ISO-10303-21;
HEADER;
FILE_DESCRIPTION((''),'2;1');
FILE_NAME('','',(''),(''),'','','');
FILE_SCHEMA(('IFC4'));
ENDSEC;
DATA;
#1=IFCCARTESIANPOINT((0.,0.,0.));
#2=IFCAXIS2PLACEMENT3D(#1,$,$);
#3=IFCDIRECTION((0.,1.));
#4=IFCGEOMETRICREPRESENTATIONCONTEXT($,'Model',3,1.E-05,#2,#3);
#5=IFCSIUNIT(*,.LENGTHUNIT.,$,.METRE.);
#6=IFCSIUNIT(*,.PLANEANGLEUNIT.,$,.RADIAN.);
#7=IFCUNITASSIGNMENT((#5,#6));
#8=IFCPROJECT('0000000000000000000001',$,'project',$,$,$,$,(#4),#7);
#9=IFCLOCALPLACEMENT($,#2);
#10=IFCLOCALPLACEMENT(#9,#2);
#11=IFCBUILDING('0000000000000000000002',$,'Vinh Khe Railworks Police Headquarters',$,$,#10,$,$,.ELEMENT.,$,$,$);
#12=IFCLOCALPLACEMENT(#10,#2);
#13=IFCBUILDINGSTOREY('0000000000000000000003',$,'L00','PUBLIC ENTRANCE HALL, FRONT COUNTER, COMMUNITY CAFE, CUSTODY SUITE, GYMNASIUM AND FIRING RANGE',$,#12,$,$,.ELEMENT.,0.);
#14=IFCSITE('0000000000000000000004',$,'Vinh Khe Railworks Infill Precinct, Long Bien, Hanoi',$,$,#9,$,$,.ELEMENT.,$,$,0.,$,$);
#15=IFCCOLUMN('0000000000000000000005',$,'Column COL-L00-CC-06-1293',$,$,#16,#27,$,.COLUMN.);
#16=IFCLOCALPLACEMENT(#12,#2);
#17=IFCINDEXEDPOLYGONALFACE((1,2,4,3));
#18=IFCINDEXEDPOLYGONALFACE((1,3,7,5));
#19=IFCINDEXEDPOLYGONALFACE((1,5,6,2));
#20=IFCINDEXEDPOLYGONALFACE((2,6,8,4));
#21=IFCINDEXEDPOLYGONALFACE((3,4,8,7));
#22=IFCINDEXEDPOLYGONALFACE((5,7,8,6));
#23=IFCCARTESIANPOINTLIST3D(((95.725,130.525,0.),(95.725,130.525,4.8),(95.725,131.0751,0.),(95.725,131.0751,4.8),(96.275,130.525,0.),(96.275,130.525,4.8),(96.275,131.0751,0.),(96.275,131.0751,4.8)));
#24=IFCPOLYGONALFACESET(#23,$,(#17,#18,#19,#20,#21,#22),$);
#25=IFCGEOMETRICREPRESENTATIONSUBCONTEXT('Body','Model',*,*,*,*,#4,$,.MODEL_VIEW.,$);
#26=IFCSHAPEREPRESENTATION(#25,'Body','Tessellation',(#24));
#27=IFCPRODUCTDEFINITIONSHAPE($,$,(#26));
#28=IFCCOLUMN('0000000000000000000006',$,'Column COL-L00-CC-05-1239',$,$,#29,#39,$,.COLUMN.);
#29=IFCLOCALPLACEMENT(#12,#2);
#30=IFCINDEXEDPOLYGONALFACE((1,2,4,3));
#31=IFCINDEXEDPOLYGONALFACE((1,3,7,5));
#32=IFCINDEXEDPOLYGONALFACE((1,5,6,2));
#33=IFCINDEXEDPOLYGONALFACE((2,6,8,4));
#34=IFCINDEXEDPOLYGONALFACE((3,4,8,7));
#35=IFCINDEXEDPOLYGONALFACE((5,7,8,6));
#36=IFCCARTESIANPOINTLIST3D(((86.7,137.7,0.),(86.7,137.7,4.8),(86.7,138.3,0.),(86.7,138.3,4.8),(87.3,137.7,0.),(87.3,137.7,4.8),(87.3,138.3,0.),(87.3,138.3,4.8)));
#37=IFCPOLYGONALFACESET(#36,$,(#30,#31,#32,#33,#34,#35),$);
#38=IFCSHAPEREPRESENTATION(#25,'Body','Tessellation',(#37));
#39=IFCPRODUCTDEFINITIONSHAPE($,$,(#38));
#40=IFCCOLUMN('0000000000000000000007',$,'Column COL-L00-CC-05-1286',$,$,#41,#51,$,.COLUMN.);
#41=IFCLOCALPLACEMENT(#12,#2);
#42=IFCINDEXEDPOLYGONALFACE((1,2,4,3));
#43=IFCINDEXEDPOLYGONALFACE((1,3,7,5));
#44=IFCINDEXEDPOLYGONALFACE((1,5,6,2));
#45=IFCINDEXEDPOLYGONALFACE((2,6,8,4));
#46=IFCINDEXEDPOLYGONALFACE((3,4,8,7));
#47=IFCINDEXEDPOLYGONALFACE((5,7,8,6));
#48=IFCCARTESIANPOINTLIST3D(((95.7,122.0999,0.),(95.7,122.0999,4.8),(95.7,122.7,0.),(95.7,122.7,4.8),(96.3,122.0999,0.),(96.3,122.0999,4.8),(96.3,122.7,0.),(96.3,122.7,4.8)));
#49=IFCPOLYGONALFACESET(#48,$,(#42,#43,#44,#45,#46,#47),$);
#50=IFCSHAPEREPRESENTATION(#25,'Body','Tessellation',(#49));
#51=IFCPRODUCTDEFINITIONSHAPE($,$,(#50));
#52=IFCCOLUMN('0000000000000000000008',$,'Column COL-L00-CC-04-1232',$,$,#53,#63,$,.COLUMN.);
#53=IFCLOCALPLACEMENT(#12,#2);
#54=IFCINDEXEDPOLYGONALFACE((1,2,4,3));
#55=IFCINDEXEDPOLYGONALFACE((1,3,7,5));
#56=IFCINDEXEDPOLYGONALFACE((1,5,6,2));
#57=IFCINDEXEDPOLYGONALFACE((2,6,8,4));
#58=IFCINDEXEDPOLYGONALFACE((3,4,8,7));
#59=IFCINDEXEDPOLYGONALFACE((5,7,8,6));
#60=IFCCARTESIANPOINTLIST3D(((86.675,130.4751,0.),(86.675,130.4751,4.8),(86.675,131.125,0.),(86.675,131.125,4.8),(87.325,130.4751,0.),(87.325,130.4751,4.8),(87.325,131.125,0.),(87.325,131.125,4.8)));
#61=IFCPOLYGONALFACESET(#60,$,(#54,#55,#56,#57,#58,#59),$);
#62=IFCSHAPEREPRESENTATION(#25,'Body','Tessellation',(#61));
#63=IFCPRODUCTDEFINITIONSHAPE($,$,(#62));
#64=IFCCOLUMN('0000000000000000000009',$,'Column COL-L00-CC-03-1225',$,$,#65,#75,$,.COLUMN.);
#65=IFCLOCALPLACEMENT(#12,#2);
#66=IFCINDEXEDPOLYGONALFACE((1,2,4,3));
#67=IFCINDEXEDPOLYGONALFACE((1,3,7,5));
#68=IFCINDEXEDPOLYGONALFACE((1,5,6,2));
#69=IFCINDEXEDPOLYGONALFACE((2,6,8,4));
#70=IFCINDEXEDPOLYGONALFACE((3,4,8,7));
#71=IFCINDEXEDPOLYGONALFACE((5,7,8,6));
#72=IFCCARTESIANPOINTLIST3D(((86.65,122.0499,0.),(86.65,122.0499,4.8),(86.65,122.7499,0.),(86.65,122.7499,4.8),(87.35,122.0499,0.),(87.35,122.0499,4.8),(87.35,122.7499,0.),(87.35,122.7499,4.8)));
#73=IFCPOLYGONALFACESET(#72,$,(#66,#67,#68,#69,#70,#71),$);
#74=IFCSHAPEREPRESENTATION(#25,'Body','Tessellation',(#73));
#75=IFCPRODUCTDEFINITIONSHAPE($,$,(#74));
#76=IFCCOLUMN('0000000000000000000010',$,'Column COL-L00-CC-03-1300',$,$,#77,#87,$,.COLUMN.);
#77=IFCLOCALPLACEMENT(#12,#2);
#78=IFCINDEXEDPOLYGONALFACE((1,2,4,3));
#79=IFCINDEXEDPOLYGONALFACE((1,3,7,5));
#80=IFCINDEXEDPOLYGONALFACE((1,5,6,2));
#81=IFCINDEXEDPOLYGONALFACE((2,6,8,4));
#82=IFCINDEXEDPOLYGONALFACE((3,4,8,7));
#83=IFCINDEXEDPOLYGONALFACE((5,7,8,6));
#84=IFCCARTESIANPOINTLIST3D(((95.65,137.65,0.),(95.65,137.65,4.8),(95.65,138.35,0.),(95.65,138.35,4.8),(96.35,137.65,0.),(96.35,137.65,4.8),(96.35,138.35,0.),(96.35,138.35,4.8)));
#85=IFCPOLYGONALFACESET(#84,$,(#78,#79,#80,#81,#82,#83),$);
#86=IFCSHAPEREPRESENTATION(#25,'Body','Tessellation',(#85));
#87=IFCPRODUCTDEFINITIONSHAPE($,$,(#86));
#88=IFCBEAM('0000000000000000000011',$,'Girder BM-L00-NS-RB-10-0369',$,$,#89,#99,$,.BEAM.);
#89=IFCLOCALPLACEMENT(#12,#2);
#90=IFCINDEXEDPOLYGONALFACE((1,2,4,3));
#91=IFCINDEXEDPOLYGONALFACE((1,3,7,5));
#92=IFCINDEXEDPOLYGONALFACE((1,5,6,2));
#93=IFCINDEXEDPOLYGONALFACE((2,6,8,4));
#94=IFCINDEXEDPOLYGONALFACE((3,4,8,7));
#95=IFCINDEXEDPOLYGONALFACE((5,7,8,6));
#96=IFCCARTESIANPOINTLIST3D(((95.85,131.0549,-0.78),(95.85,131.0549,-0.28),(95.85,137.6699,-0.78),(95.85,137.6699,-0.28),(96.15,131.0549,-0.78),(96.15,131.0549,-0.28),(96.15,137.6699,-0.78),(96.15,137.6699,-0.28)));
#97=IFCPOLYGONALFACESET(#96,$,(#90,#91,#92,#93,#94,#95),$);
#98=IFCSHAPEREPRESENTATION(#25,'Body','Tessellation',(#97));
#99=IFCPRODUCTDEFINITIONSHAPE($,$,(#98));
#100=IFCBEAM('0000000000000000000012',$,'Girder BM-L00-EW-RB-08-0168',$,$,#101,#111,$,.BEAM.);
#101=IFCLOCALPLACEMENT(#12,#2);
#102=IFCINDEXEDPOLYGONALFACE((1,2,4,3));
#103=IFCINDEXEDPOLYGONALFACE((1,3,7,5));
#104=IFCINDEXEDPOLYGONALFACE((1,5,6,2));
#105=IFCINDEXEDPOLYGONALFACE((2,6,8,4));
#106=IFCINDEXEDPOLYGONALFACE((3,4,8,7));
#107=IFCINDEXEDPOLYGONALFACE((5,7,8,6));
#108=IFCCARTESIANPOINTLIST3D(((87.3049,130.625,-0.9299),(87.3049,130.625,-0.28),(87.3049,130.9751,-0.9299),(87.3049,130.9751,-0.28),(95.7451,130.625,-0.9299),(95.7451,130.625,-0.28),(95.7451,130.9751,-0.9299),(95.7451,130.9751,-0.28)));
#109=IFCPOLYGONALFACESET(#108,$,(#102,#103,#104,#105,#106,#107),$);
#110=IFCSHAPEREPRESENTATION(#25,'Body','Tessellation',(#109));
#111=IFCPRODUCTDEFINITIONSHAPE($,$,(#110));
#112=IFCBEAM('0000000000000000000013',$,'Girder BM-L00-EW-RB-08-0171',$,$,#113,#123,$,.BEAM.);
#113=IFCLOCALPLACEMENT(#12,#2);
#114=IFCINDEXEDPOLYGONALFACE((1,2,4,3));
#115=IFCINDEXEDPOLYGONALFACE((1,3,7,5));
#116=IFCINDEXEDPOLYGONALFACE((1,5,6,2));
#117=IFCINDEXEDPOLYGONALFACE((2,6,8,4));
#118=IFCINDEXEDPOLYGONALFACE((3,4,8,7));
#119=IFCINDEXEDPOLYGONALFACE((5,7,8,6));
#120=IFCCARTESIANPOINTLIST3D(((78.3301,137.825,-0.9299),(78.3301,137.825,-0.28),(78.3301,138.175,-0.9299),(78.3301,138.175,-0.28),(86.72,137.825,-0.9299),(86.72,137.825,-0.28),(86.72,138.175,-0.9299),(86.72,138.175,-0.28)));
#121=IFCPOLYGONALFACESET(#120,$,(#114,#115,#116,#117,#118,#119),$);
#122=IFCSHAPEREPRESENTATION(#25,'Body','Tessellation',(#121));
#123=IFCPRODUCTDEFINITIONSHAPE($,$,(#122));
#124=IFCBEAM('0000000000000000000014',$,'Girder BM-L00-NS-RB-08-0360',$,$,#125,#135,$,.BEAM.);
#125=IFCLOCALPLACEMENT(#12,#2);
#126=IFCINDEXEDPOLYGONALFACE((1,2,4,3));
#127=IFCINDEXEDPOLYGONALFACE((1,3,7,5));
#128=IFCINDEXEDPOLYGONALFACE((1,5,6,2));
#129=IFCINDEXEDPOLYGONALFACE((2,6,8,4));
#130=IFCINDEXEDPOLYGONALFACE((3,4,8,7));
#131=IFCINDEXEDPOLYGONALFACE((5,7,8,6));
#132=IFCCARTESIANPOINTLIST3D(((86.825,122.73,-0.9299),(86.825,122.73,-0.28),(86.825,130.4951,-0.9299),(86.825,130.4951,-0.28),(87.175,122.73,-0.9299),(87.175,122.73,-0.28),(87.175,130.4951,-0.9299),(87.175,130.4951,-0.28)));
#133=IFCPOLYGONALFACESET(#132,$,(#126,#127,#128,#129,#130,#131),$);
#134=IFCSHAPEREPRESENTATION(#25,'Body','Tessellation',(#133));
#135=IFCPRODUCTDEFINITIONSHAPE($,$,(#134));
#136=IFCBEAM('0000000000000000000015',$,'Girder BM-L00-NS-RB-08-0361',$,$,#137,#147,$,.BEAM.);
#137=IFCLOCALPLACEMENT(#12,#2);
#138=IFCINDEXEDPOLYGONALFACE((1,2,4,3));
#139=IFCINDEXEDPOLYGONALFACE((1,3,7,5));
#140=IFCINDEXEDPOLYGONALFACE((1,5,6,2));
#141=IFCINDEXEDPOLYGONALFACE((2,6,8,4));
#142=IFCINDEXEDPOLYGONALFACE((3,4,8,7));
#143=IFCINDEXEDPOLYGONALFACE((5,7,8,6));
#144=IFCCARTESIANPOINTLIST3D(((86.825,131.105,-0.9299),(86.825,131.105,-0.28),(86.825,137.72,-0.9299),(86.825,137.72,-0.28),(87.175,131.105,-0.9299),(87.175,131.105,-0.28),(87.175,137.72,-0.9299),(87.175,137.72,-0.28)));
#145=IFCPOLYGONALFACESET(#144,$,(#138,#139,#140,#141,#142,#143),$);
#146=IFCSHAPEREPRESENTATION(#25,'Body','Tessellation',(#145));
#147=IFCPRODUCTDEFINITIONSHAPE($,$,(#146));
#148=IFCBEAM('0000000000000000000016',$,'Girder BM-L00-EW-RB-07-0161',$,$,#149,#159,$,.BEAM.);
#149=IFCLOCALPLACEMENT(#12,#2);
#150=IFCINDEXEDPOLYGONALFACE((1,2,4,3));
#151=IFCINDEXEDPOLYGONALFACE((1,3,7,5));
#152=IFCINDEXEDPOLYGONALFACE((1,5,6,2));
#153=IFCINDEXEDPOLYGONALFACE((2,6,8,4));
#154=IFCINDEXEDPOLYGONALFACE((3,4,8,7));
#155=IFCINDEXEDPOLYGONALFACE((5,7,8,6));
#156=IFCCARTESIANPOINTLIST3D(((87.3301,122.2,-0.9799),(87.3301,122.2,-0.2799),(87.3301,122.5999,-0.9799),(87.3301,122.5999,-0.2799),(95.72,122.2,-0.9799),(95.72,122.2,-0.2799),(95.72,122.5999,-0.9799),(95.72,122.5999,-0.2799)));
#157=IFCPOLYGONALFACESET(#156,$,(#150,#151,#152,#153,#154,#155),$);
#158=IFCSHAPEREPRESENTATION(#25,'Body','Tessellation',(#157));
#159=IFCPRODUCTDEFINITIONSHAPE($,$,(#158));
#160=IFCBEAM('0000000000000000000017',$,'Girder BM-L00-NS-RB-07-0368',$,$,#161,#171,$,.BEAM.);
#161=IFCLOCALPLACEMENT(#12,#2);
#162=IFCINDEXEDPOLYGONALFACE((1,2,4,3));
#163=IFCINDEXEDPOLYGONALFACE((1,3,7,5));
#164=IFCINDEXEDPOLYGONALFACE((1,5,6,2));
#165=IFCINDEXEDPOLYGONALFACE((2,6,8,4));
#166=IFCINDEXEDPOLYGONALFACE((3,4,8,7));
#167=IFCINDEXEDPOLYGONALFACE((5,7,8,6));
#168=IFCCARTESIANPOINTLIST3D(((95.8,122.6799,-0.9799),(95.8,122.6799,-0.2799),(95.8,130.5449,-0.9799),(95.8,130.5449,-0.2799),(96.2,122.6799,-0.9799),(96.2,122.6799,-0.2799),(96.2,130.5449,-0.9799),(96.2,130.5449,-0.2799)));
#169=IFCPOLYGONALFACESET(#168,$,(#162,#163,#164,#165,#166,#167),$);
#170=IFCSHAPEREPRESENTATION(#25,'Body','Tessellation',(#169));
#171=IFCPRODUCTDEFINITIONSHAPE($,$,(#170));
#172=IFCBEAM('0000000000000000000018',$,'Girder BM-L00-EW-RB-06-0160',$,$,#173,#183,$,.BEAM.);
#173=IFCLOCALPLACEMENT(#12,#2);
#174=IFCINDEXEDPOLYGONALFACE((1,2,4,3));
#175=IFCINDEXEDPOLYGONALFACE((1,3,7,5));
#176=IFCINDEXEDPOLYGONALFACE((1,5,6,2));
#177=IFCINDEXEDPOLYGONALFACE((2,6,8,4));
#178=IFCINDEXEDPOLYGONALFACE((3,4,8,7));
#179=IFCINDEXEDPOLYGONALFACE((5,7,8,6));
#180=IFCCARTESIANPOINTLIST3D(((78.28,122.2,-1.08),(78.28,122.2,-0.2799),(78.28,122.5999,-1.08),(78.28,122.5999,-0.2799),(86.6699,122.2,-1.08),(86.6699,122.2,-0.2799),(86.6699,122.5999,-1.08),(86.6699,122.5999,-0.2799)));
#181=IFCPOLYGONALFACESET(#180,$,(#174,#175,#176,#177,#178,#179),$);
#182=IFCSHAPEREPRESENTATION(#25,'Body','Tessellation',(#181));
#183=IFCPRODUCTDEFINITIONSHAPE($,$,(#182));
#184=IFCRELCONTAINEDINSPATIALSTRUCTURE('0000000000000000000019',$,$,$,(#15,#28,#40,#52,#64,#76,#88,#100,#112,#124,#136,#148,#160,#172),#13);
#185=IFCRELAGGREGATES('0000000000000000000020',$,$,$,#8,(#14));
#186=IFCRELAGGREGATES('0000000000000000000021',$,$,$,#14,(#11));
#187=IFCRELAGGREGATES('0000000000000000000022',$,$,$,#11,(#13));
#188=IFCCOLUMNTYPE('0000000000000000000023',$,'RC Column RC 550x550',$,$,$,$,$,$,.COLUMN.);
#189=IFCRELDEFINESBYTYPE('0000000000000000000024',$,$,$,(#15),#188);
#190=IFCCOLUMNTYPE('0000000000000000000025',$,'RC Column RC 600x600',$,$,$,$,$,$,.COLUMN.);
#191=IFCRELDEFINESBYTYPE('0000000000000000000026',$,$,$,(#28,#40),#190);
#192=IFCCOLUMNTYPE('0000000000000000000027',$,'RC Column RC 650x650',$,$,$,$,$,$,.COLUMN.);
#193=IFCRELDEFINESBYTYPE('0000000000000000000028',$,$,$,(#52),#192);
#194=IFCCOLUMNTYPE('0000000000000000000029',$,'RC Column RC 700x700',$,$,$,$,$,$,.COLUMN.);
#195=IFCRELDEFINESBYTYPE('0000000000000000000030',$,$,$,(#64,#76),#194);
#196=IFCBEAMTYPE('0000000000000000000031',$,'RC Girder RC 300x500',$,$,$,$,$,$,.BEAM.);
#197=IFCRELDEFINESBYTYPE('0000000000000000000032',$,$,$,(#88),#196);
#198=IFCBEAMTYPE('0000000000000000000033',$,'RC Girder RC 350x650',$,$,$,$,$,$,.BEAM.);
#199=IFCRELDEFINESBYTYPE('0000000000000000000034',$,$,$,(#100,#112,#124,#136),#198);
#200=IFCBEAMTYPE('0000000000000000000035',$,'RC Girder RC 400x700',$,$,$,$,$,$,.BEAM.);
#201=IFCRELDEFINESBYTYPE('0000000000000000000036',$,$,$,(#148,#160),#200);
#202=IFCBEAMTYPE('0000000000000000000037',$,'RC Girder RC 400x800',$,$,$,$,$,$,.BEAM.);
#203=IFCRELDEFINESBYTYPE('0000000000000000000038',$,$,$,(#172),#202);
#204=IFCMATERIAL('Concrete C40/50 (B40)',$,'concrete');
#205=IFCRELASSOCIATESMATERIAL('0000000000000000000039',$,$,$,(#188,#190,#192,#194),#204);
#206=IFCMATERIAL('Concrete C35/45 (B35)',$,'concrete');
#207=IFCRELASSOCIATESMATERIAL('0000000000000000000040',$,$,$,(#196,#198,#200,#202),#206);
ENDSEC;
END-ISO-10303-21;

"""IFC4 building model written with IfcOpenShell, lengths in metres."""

from ifc_helpers import new_model, si_unit, direction, frame, origin, origin_2d, place, context, subcontext, project, spatial, rectangle, extrude, material, material_profile, profile_set, type_object, element, save


model = new_model("IFC4")

# Units and contexts
model_context = context("Model", 3, precision=1e-05, world=origin(), true_north=direction((0.0, 1.0)))
body_context = subcontext(model_context, "Body", "Model", "MODEL_VIEW")
ifc_project = project(units=[si_unit("LENGTHUNIT", "METRE"), si_unit("PLANEANGLEUNIT", "RADIAN")], contexts=[model_context])

# Site, building, storey
site_placement = place(None, origin())
site = spatial("IfcSite", under=ifc_project, at=site_placement, Name="Vinh Khe Railworks Infill Precinct, Long Bien, Hanoi", CompositionType="ELEMENT", RefElevation=0.0)
building_placement = place(site_placement, origin())
building = spatial("IfcBuilding", under=site, at=building_placement, Name="Vinh Khe Railworks Police Headquarters", CompositionType="ELEMENT")
storey_placement = place(building_placement, origin())
storey = spatial("IfcBuildingStorey", under=building, at=storey_placement, Name="L00", Description="PUBLIC ENTRANCE HALL, FRONT COUNTER, COMMUNITY CAFE, CUSTODY SUITE, GYMNASIUM AND FIRING RANGE", CompositionType="ELEMENT", Elevation=0.0)

# Columns
ifc_material_1 = material(Name="Concrete C40/50 (B40)", Category="concrete")
ifc_material_profile_1 = material_profile(ifc_material_1, rectangle(XDim=0.55, YDim=0.55, at=origin_2d()), Name="RC 550x550")
ifc_profile_set_1 = profile_set([ifc_material_profile_1], Name="Concrete C40/50 (B40)")
column_type_1 = type_object("IfcColumnType", Name="RC Column RC 550x550", PredefinedType="COLUMN", material=ifc_profile_set_1)
column_1_placement = place(storey_placement, frame((96.0, 130.8, 0.0), z_axis=(0.0, 0.0, 1.0), x_axis=(1.0, 0.0, 0.0)))
element("IfcColumn", 1, at=column_1_placement, inside=storey, type_object=column_type_1, Name="Column COL-L00-CC-06-1293", PredefinedType="COLUMN", context=body_context, shape_type="SweptSolid", body=[
    extrude(rectangle(XDim=0.55, YDim=0.55, at=origin_2d()), origin(), (0.0, 0.0, 1.0), 4.8),
])
ifc_material_profile_2 = material_profile(ifc_material_1, rectangle(XDim=0.6001, YDim=0.6001, at=origin_2d()), Name="RC 600x600")
ifc_profile_set_2 = profile_set([ifc_material_profile_2], Name="Concrete C40/50 (B40)")
column_type_2 = type_object("IfcColumnType", Name="RC Column RC 600x600", PredefinedType="COLUMN", material=ifc_profile_set_2)
for number, where, z_axis, x_axis, name in (
    (2, (87.0, 138.0, 0.0), (0.0, 0.0, 1.0), (1.0, 0.0, 0.0), "Column COL-L00-CC-05-1239"),
    (3, (96.0, 122.3999, 0.0), (0.0, 0.0, 1.0), (1.0, 0.0, 0.0), "Column COL-L00-CC-05-1286"),
):
    element("IfcColumn", number, at=place(storey_placement, frame(where, z_axis=z_axis, x_axis=x_axis)), inside=storey, type_object=column_type_2, Name=name, PredefinedType="COLUMN", context=body_context, shape_type="SweptSolid", body=[
        extrude(rectangle(XDim=0.6001, YDim=0.6001, at=origin_2d()), origin(), (0.0, 0.0, 1.0), 4.8),
    ])
ifc_material_profile_3 = material_profile(ifc_material_1, rectangle(XDim=0.6499, YDim=0.6499, at=origin_2d()), Name="RC 650x650")
ifc_profile_set_3 = profile_set([ifc_material_profile_3], Name="Concrete C40/50 (B40)")
column_type_3 = type_object("IfcColumnType", Name="RC Column RC 650x650", PredefinedType="COLUMN", material=ifc_profile_set_3)
column_2_placement = place(storey_placement, frame((87.0, 130.8, 0.0), z_axis=(0.0, 0.0, 1.0), x_axis=(1.0, 0.0, 0.0)))
element("IfcColumn", 4, at=column_2_placement, inside=storey, type_object=column_type_3, Name="Column COL-L00-CC-04-1232", PredefinedType="COLUMN", context=body_context, shape_type="SweptSolid", body=[
    extrude(rectangle(XDim=0.6499, YDim=0.6499, at=origin_2d()), origin(), (0.0, 0.0, 1.0), 4.8),
])
ifc_material_profile_4 = material_profile(ifc_material_1, rectangle(XDim=0.7, YDim=0.7, at=origin_2d()), Name="RC 700x700")
ifc_profile_set_4 = profile_set([ifc_material_profile_4], Name="Concrete C40/50 (B40)")
column_type_4 = type_object("IfcColumnType", Name="RC Column RC 700x700", PredefinedType="COLUMN", material=ifc_profile_set_4)
for number, where, z_axis, x_axis, name in (
    (5, (87.0, 122.3999, 0.0), (0.0, 0.0, 1.0), (1.0, 0.0, 0.0), "Column COL-L00-CC-03-1225"),
    (6, (96.0, 138.0, 0.0), (0.0, 0.0, 1.0), (1.0, 0.0, 0.0), "Column COL-L00-CC-03-1300"),
):
    element("IfcColumn", number, at=place(storey_placement, frame(where, z_axis=z_axis, x_axis=x_axis)), inside=storey, type_object=column_type_4, Name=name, PredefinedType="COLUMN", context=body_context, shape_type="SweptSolid", body=[
        extrude(rectangle(XDim=0.7, YDim=0.7, at=origin_2d()), origin(), (0.0, 0.0, 1.0), 4.8),
    ])

# Beams
ifc_material_2 = material(Name="Concrete C35/45 (B35)", Category="concrete")
ifc_material_profile_5 = material_profile(ifc_material_2, rectangle(XDim=0.3, YDim=0.5, at=origin_2d()), Name="RC 300x500")
ifc_profile_set_5 = profile_set([ifc_material_profile_5], Name="Concrete C35/45 (B35)")
beam_type_1 = type_object("IfcBeamType", Name="RC Girder RC 300x500", PredefinedType="BEAM", material=ifc_profile_set_5)
beam_1_placement = place(storey_placement, frame((96.0, 131.0549, -0.53), z_axis=(0.0, 1.0, 0.0), x_axis=(-1.0, 0.0, 0.0)))
element("IfcBeam", 7, at=beam_1_placement, inside=storey, type_object=beam_type_1, Name="Girder BM-L00-NS-RB-10-0369", PredefinedType="BEAM", context=body_context, shape_type="SweptSolid", body=[
    extrude(rectangle(XDim=0.3, YDim=0.5, at=origin_2d()), origin(), (0.0, 0.0, 1.0), 6.615),
])
ifc_material_profile_6 = material_profile(ifc_material_2, rectangle(XDim=0.3501, YDim=0.6499, at=origin_2d()), Name="RC 350x650")
ifc_profile_set_6 = profile_set([ifc_material_profile_6], Name="Concrete C35/45 (B35)")
beam_type_2 = type_object("IfcBeamType", Name="RC Girder RC 350x650", PredefinedType="BEAM", material=ifc_profile_set_6)
beam_2_placement = place(storey_placement, frame((87.3049, 130.8, -0.605), z_axis=(1.0, 0.0, 0.0), x_axis=(0.0, 1.0, 0.0)))
element("IfcBeam", 8, at=beam_2_placement, inside=storey, type_object=beam_type_2, Name="Girder BM-L00-EW-RB-08-0168", PredefinedType="BEAM", context=body_context, shape_type="SweptSolid", body=[
    extrude(rectangle(XDim=0.3501, YDim=0.6499, at=origin_2d()), origin(), (0.0, 0.0, 1.0), 8.4402),
])
beam_3_placement = place(storey_placement, frame((78.3301, 138.0, -0.605), z_axis=(1.0, 0.0, 0.0), x_axis=(0.0, 1.0, 0.0)))
element("IfcBeam", 9, at=beam_3_placement, inside=storey, type_object=beam_type_2, Name="Girder BM-L00-EW-RB-08-0171", PredefinedType="BEAM", context=body_context, shape_type="SweptSolid", body=[
    extrude(rectangle(XDim=0.3501, YDim=0.6499, at=origin_2d()), origin(), (0.0, 0.0, 1.0), 8.3899),
])
beam_4_placement = place(storey_placement, frame((87.0, 122.73, -0.605), z_axis=(0.0, 1.0, 0.0), x_axis=(-1.0, 0.0, 0.0)))
element("IfcBeam", 10, at=beam_4_placement, inside=storey, type_object=beam_type_2, Name="Girder BM-L00-NS-RB-08-0360", PredefinedType="BEAM", context=body_context, shape_type="SweptSolid", body=[
    extrude(rectangle(XDim=0.3501, YDim=0.6499, at=origin_2d()), origin(), (0.0, 0.0, 1.0), 7.7651),
])
beam_5_placement = place(storey_placement, frame((87.0, 131.105, -0.605), z_axis=(0.0, 1.0, 0.0), x_axis=(-1.0, 0.0, 0.0)))
element("IfcBeam", 11, at=beam_5_placement, inside=storey, type_object=beam_type_2, Name="Girder BM-L00-NS-RB-08-0361", PredefinedType="BEAM", context=body_context, shape_type="SweptSolid", body=[
    extrude(rectangle(XDim=0.3501, YDim=0.6499, at=origin_2d()), origin(), (0.0, 0.0, 1.0), 6.615),
])
ifc_material_profile_7 = material_profile(ifc_material_2, rectangle(XDim=0.3999, YDim=0.7, at=origin_2d()), Name="RC 400x700")
ifc_profile_set_7 = profile_set([ifc_material_profile_7], Name="Concrete C35/45 (B35)")
beam_type_3 = type_object("IfcBeamType", Name="RC Girder RC 400x700", PredefinedType="BEAM", material=ifc_profile_set_7)
beam_6_placement = place(storey_placement, frame((87.3301, 122.3999, -0.6299), z_axis=(1.0, 0.0, 0.0), x_axis=(0.0, 1.0, 0.0)))
element("IfcBeam", 12, at=beam_6_placement, inside=storey, type_object=beam_type_3, Name="Girder BM-L00-EW-RB-07-0161", PredefinedType="BEAM", context=body_context, shape_type="SweptSolid", body=[
    extrude(rectangle(XDim=0.3999, YDim=0.7, at=origin_2d()), origin(), (0.0, 0.0, 1.0), 8.3899),
])
beam_7_placement = place(storey_placement, frame((96.0, 122.6799, -0.6299), z_axis=(0.0, 1.0, 0.0), x_axis=(-1.0, 0.0, 0.0)))
element("IfcBeam", 13, at=beam_7_placement, inside=storey, type_object=beam_type_3, Name="Girder BM-L00-NS-RB-07-0368", PredefinedType="BEAM", context=body_context, shape_type="SweptSolid", body=[
    extrude(rectangle(XDim=0.3999, YDim=0.7, at=origin_2d()), origin(), (0.0, 0.0, 1.0), 7.865),
])
ifc_material_profile_8 = material_profile(ifc_material_2, rectangle(XDim=0.3999, YDim=0.8, at=origin_2d()), Name="RC 400x800")
ifc_profile_set_8 = profile_set([ifc_material_profile_8], Name="Concrete C35/45 (B35)")
beam_type_4 = type_object("IfcBeamType", Name="RC Girder RC 400x800", PredefinedType="BEAM", material=ifc_profile_set_8)
beam_8_placement = place(storey_placement, frame((78.28, 122.3999, -0.6799), z_axis=(1.0, 0.0, 0.0), x_axis=(0.0, 1.0, 0.0)))
element("IfcBeam", 14, at=beam_8_placement, inside=storey, type_object=beam_type_4, Name="Girder BM-L00-EW-RB-06-0160", PredefinedType="BEAM", context=body_context, shape_type="SweptSolid", body=[
    extrude(rectangle(XDim=0.3999, YDim=0.8, at=origin_2d()), origin(), (0.0, 0.0, 1.0), 8.3899),
])

save(model, "model.ifc")
